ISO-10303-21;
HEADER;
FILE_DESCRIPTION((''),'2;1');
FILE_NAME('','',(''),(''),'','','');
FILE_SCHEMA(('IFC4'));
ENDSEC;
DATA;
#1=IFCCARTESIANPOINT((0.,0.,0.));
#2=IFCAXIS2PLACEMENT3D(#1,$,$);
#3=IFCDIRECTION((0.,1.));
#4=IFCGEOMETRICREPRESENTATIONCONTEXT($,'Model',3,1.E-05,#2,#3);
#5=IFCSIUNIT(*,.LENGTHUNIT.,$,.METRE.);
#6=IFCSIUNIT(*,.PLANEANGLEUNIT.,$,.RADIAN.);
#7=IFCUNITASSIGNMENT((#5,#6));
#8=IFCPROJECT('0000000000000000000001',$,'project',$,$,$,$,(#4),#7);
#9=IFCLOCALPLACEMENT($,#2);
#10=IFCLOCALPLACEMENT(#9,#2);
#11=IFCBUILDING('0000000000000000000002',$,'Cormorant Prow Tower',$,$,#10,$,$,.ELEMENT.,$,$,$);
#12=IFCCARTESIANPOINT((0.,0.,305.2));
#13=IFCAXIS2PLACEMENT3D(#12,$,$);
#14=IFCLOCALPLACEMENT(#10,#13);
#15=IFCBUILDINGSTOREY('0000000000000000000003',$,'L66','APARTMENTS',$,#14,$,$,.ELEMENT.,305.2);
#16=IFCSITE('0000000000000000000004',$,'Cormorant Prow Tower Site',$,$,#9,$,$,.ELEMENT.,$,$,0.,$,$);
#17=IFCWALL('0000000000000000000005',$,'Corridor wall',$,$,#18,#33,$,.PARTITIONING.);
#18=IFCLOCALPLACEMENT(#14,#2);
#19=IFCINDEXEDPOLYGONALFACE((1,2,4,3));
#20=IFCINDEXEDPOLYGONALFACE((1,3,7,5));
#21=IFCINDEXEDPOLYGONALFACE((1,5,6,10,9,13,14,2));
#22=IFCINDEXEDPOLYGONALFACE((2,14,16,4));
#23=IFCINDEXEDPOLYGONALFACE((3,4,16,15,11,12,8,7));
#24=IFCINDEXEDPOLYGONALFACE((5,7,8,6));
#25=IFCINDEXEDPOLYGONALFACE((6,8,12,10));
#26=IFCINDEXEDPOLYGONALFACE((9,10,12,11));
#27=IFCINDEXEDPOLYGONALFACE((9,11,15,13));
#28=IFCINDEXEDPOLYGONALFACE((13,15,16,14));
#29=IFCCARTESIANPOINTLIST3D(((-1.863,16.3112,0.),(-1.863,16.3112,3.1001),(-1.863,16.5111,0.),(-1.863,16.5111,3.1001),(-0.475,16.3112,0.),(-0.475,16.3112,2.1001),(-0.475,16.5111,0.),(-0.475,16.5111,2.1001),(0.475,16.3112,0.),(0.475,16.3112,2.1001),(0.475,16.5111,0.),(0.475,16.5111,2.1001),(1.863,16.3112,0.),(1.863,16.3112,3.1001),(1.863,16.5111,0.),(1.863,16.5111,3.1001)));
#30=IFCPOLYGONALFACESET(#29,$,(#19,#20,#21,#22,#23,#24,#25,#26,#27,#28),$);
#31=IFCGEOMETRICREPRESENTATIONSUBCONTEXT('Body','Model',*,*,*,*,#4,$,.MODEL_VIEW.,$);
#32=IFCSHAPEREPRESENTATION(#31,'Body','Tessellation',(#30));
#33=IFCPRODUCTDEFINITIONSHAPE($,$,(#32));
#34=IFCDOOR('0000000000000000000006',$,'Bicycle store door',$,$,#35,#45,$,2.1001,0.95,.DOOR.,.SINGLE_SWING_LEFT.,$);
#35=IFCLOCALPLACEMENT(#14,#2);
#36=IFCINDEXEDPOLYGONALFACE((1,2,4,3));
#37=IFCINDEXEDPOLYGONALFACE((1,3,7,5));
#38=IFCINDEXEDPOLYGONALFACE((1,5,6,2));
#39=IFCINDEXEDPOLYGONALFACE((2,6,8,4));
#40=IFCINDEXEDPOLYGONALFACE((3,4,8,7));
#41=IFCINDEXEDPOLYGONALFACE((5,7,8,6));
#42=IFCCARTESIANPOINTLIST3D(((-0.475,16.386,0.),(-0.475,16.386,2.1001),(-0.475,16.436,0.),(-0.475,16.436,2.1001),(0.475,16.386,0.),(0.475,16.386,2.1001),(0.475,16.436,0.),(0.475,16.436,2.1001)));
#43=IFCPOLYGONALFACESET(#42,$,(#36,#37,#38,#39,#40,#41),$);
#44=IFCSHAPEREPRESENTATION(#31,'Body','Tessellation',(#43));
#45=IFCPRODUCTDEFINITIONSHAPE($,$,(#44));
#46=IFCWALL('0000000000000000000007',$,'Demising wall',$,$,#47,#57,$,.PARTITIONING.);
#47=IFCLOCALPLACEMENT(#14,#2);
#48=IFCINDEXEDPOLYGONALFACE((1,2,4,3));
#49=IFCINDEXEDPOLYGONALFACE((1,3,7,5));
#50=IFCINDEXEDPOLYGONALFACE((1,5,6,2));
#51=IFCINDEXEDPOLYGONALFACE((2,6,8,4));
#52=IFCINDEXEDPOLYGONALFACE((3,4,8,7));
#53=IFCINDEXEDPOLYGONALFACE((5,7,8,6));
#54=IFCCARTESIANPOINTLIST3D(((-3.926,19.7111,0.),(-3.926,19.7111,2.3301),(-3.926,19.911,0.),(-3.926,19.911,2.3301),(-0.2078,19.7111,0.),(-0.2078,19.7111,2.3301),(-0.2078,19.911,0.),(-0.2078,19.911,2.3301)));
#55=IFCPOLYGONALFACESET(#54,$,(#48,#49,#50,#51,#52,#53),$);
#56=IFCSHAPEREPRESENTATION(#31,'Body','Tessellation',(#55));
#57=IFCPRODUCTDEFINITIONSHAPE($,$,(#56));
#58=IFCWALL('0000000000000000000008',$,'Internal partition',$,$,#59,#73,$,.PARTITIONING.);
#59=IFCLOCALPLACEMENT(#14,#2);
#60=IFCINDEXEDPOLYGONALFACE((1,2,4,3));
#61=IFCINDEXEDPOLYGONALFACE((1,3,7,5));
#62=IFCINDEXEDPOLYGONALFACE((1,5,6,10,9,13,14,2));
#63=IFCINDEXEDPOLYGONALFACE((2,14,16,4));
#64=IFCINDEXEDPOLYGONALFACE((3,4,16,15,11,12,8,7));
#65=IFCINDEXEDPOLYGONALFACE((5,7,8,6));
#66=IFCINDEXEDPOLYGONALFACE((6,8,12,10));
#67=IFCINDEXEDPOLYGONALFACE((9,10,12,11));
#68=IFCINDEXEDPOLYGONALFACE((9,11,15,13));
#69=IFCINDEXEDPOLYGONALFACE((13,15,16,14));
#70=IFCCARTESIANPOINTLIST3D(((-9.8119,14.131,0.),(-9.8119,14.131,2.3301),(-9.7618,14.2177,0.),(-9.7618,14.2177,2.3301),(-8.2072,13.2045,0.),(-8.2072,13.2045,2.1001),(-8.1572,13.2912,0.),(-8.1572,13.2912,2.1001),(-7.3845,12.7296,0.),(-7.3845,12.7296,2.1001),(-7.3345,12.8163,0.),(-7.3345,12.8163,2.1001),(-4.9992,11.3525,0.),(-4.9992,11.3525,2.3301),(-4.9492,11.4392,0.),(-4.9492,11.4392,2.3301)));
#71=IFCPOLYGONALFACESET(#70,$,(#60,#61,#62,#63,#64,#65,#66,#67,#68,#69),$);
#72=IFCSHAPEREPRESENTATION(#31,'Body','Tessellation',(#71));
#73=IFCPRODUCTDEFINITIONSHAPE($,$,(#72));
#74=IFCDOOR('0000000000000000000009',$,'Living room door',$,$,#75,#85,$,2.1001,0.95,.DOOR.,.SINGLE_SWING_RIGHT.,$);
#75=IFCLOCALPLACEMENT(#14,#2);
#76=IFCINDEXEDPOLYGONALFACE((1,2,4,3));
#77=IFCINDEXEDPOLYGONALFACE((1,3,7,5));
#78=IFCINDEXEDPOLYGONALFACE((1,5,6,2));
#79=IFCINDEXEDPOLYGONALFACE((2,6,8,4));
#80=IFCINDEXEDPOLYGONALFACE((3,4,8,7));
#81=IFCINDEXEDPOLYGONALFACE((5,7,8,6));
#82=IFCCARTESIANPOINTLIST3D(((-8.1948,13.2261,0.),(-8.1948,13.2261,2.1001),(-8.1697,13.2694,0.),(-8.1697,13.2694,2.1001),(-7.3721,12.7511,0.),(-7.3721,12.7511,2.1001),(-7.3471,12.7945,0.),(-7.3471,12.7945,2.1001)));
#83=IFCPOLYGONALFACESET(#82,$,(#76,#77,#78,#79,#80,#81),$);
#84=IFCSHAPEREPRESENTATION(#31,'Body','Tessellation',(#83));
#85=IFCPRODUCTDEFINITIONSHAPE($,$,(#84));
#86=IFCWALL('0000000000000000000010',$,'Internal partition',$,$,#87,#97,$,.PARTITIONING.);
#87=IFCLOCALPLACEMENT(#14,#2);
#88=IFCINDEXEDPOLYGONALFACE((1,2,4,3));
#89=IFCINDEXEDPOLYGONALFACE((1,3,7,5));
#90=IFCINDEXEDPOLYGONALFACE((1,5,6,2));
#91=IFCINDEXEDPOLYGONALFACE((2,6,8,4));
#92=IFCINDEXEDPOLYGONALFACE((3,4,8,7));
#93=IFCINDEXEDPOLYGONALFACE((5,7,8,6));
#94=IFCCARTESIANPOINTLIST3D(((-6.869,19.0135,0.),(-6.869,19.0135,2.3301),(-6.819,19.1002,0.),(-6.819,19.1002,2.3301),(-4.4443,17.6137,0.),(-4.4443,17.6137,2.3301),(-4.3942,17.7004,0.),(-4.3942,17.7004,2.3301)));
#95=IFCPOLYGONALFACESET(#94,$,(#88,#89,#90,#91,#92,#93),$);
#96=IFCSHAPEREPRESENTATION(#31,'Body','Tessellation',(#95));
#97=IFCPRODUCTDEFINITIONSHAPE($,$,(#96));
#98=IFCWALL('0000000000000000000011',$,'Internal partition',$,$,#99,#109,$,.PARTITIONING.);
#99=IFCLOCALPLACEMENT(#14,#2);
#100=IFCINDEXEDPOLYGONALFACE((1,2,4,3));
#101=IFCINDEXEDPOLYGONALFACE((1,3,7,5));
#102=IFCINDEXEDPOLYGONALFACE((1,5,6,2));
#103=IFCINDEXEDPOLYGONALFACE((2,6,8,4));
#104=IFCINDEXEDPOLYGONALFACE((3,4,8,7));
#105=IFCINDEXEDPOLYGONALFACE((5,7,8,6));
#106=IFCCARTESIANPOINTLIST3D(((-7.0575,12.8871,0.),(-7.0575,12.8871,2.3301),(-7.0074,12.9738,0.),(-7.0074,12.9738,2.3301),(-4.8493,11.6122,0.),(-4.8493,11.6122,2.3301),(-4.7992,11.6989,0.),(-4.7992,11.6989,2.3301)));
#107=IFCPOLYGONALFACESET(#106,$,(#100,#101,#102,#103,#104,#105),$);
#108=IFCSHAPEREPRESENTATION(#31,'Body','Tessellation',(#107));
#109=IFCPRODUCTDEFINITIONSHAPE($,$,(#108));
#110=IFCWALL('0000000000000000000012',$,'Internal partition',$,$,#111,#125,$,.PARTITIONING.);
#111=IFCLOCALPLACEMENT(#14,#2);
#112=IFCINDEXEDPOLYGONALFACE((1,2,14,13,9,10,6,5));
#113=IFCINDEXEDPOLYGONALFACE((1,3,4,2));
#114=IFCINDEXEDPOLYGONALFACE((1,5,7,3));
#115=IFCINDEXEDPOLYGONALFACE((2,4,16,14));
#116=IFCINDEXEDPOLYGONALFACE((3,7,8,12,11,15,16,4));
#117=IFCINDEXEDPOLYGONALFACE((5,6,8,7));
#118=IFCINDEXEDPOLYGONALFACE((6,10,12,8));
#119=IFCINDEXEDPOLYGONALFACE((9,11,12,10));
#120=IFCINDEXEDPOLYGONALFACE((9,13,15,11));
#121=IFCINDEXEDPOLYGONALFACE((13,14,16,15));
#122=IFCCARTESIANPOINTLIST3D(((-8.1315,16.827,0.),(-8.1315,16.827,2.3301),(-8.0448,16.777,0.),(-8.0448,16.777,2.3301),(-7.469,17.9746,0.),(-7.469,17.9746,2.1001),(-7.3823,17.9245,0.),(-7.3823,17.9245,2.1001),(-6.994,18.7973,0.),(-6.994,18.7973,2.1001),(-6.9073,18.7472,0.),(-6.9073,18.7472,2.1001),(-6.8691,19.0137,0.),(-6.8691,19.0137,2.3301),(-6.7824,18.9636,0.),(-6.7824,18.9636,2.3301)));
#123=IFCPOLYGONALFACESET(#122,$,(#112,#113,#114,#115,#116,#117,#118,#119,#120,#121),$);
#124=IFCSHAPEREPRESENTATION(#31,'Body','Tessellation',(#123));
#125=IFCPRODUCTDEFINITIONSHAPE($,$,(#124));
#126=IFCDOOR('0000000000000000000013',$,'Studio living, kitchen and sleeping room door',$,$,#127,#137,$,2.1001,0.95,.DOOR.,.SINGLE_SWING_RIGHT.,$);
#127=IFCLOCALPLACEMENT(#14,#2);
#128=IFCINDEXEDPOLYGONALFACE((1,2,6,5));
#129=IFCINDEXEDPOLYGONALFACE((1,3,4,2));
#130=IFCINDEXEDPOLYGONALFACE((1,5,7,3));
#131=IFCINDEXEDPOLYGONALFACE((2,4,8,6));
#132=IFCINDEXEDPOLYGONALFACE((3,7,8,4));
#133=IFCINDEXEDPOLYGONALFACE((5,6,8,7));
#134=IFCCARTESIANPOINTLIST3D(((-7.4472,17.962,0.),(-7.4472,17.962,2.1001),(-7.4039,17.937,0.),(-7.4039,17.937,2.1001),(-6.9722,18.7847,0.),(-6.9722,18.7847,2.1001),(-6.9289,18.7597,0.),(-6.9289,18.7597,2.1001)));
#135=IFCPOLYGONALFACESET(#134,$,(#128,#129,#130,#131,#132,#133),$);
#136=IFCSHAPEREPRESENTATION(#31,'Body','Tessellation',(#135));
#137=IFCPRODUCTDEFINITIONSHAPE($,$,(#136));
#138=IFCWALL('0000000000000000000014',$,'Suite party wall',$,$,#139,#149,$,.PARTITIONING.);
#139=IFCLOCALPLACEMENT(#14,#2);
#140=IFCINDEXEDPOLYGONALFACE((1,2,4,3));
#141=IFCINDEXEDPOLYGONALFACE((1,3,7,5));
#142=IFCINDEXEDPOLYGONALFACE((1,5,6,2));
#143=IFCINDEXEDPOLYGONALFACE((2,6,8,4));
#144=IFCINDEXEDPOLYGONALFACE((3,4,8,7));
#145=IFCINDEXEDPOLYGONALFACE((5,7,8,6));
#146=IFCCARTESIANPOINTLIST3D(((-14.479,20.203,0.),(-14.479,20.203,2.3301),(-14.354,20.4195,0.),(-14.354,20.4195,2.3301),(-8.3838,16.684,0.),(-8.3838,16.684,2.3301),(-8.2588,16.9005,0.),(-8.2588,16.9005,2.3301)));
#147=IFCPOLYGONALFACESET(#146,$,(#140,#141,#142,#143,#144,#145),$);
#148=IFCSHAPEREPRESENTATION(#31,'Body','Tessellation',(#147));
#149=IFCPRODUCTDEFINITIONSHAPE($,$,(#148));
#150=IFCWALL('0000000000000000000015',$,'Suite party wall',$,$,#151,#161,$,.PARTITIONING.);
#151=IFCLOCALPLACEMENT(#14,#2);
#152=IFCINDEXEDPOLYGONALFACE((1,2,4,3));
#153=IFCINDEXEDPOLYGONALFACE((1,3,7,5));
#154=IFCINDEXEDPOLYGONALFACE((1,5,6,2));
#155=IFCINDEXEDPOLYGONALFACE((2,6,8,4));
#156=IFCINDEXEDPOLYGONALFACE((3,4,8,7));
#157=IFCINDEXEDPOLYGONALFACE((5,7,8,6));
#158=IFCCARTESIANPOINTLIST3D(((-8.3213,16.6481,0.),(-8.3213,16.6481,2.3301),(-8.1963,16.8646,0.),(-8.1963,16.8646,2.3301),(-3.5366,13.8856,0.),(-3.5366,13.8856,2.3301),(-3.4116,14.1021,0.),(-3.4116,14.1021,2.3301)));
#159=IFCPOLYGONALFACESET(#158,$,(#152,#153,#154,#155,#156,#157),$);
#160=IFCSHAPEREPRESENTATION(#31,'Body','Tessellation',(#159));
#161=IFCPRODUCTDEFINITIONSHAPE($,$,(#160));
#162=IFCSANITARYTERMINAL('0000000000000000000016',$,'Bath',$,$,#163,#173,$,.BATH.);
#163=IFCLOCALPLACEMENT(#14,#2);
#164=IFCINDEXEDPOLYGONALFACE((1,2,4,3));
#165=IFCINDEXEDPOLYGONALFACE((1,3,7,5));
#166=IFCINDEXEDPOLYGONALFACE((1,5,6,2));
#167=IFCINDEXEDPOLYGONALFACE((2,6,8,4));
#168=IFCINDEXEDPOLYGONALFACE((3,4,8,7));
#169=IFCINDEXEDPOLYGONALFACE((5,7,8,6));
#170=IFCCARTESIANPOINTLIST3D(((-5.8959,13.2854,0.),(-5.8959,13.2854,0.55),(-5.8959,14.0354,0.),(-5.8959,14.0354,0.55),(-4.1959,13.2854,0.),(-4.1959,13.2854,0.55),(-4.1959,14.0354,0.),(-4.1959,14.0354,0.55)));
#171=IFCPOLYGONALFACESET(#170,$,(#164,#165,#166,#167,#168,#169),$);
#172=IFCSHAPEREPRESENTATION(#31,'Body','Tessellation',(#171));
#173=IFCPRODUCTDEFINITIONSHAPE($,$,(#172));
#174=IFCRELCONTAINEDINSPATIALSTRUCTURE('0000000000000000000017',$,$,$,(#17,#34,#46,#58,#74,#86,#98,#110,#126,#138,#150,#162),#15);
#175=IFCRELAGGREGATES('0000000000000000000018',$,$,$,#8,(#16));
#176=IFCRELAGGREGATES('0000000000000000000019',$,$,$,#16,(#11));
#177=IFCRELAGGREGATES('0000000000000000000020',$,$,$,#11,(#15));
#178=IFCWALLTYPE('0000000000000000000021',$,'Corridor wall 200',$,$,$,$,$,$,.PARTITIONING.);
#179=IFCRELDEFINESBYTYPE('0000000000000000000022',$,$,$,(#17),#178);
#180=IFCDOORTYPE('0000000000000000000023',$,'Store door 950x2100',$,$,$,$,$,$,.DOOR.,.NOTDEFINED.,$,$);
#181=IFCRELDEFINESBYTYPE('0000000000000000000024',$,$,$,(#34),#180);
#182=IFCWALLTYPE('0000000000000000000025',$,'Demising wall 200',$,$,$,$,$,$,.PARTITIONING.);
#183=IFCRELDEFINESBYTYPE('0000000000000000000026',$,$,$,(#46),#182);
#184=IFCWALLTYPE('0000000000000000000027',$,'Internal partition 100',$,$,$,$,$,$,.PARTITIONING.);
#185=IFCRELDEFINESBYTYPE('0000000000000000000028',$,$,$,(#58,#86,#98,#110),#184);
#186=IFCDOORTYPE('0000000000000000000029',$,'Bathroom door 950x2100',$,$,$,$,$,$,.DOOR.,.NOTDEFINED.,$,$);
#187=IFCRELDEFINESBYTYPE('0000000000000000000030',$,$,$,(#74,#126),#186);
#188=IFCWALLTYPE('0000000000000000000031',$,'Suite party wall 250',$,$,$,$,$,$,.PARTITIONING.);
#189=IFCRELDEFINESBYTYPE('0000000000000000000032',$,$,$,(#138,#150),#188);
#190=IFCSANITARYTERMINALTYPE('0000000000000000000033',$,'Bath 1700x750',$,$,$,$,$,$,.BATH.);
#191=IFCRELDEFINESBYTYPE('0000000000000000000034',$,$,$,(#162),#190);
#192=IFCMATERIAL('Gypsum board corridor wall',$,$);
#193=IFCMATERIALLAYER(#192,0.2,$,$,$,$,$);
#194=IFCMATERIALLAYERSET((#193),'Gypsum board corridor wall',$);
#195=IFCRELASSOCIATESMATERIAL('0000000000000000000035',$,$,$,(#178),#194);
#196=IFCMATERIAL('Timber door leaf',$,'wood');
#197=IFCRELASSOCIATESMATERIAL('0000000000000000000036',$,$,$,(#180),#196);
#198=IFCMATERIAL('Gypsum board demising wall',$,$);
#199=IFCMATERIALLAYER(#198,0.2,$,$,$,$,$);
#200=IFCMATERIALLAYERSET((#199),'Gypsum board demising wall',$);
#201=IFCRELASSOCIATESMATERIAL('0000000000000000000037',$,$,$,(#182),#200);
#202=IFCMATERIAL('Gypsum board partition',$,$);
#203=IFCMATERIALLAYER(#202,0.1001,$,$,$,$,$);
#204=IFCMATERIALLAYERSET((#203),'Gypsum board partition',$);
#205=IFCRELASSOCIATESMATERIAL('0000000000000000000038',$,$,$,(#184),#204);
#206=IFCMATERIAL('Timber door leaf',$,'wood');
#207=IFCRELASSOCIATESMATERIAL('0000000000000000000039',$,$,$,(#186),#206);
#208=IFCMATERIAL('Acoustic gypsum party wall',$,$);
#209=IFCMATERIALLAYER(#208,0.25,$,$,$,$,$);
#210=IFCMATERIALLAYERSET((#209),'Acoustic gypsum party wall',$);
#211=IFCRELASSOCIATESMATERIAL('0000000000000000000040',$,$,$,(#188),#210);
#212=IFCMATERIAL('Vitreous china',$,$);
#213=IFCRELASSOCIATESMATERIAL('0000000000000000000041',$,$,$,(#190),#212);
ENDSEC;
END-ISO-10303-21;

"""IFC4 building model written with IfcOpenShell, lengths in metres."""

from ifc_helpers import new_model, si_unit, direction, frame, frame_2d, origin, origin_2d, place, context, subcontext, project, spatial, rectangle, extrude, material, layer, layer_set, type_object, element, fill, save


model = new_model("IFC4")

# Units and contexts
model_context = context("Model", 3, precision=1e-05, world=origin(), true_north=direction((0.0, 1.0)))
body_context = subcontext(model_context, "Body", "Model", "MODEL_VIEW")
ifc_project = project(units=[si_unit("LENGTHUNIT", "METRE"), si_unit("PLANEANGLEUNIT", "RADIAN")], contexts=[model_context])

# Site, building, storey
site_placement = place(None, origin())
site = spatial("IfcSite", under=ifc_project, at=site_placement, Name="Cormorant Prow Tower Site", CompositionType="ELEMENT", RefElevation=0.0)
building_placement = place(site_placement, origin())
building = spatial("IfcBuilding", under=site, at=building_placement, Name="Cormorant Prow Tower", CompositionType="ELEMENT")
storey_placement = place(building_placement, frame((0.0, 0.0, 305.2)))
storey = spatial("IfcBuildingStorey", under=building, at=storey_placement, Name="L66", Description="APARTMENTS", CompositionType="ELEMENT", Elevation=305.2)

# Wall, opening, door
ifc_material_1 = material(Name="Gypsum board corridor wall")
ifc_layer_1 = layer(ifc_material_1, 0.2)
ifc_layer_set_1 = layer_set([ifc_layer_1], Name="Gypsum board corridor wall")
wall_type_1 = type_object("IfcWallType", Name="Corridor wall 200", PredefinedType="PARTITIONING", material=ifc_layer_set_1)
wall_1_placement = place(storey_placement, frame((-1.863, 16.4111, 0.0), z_axis=(0.0, 0.0, 1.0), x_axis=(1.0, 0.0, 0.0)))
wall_1 = element("IfcWall", 1, at=wall_1_placement, inside=storey, type_object=wall_type_1, Name="Corridor wall", PredefinedType="PARTITIONING", context=body_context, shape_type="SweptSolid", body=[
    extrude(rectangle(XDim=3.7261, YDim=0.2, at=frame_2d((1.863, 0.0))), origin(), (0.0, 0.0, 1.0), 3.1001),
])
opening_1_placement = place(wall_1_placement, frame((1.3879, 0.0, 0.0)))
opening_1 = element("IfcOpeningElement", 2, at=opening_1_placement, cuts=wall_1, PredefinedType="OPENING", context=body_context, shape_type="SweptSolid", body=[
    extrude(rectangle(XDim=0.95, YDim=2.1001, at=frame_2d((0.4751, 1.05))), frame((0.0, 0.1099, 0.0), z_axis=(0.0, -1.0, 0.0), x_axis=(1.0, 0.0, 0.0)), (0.0, 0.0, 1.0), 0.22),
])
ifc_material_2 = material(Name="Timber door leaf", Category="wood")
door_type_1 = type_object("IfcDoorType", Name="Store door 950x2100", OperationType="NOTDEFINED", PredefinedType="DOOR", material=ifc_material_2)
door_1_placement = place(opening_1_placement, origin())
door_1 = element("IfcDoor", 3, at=door_1_placement, inside=storey, type_object=door_type_1, Name="Bicycle store door", OperationType="SINGLE_SWING_LEFT", OverallHeight=2.1001, OverallWidth=0.95, PredefinedType="DOOR", context=body_context, shape_type="SweptSolid", body=[
    extrude(rectangle(XDim=0.95, YDim=2.1001, at=frame_2d((0.4751, 1.05))), frame((0.0, 0.0249, 0.0), z_axis=(0.0, -1.0, 0.0), x_axis=(1.0, 0.0, 0.0)), (0.0, 0.0, 1.0), 0.05),
])
fill(opening_1, door_1)

# Wall
ifc_material_3 = material(Name="Gypsum board demising wall")
ifc_layer_2 = layer(ifc_material_3, 0.2)
ifc_layer_set_2 = layer_set([ifc_layer_2], Name="Gypsum board demising wall")
wall_type_2 = type_object("IfcWallType", Name="Demising wall 200", PredefinedType="PARTITIONING", material=ifc_layer_set_2)
wall_2_placement = place(storey_placement, frame((-3.926, 19.811, 0.0), z_axis=(0.0, 0.0, 1.0), x_axis=(1.0, 0.0, 0.0)))
element("IfcWall", 4, at=wall_2_placement, inside=storey, type_object=wall_type_2, Name="Demising wall", PredefinedType="PARTITIONING", context=body_context, shape_type="SweptSolid", body=[
    extrude(rectangle(XDim=3.7183, YDim=0.2, at=frame_2d((1.8591, 0.0))), origin(), (0.0, 0.0, 1.0), 2.3301),
])

# Wall, opening, door
ifc_material_4 = material(Name="Gypsum board partition")
ifc_layer_3 = layer(ifc_material_4, 0.1001)
ifc_layer_set_3 = layer_set([ifc_layer_3], Name="Gypsum board partition")
wall_type_3 = type_object("IfcWallType", Name="Internal partition 100", PredefinedType="PARTITIONING", material=ifc_layer_set_3)
wall_3_placement = place(storey_placement, frame((-9.7869, 14.1743, 0.0), z_axis=(0.0, 0.0, 1.0), x_axis=(0.866031, -0.49999, 0.0)))
wall_3 = element("IfcWall", 5, at=wall_3_placement, inside=storey, type_object=wall_type_3, Name="Internal partition", PredefinedType="PARTITIONING", context=body_context, shape_type="SweptSolid", body=[
    extrude(rectangle(XDim=5.5571, YDim=0.1001, at=frame_2d((2.7786, 0.0))), origin(), (0.0, 0.0, 1.0), 2.3301),
])
opening_2_placement = place(wall_3_placement, frame((1.8528, 0.0, 0.0)))
opening_2 = element("IfcOpeningElement", 6, at=opening_2_placement, cuts=wall_3, PredefinedType="OPENING", context=body_context, shape_type="SweptSolid", body=[
    extrude(rectangle(XDim=0.95, YDim=2.1001, at=frame_2d((0.4751, 1.05))), frame((0.0, 0.0601, 0.0), z_axis=(0.0, -1.0, 0.0), x_axis=(1.0, 0.0, 0.0)), (0.0, 0.0, 1.0), 0.1201),
])
ifc_material_5 = material(Name="Timber door leaf", Category="wood")
door_type_2 = type_object("IfcDoorType", Name="Bathroom door 950x2100", OperationType="NOTDEFINED", PredefinedType="DOOR", material=ifc_material_5)
door_2_placement = place(opening_2_placement, origin())
door_2 = element("IfcDoor", 7, at=door_2_placement, inside=storey, type_object=door_type_2, Name="Living room door", OperationType="SINGLE_SWING_RIGHT", OverallHeight=2.1001, OverallWidth=0.95, PredefinedType="DOOR", context=body_context, shape_type="SweptSolid", body=[
    extrude(rectangle(XDim=0.95, YDim=2.1001, at=frame_2d((0.4751, 1.05))), frame((0.0, 0.0249, 0.0), z_axis=(0.0, -1.0, 0.0), x_axis=(1.0, 0.0, 0.0)), (0.0, 0.0, 1.0), 0.05),
])
fill(opening_2, door_2)

# Walls
wall_4_placement = place(storey_placement, frame((-6.844, 19.0569, 0.0), z_axis=(0.0, 0.0, 1.0), x_axis=(0.866035, -0.499984, 0.0)))
element("IfcWall", 8, at=wall_4_placement, inside=storey, type_object=wall_type_3, Name="Internal partition", PredefinedType="PARTITIONING", context=body_context, shape_type="SweptSolid", body=[
    extrude(rectangle(XDim=2.7998, YDim=0.1001, at=frame_2d((1.3999, 0.0))), origin(), (0.0, 0.0, 1.0), 2.3301),
])
wall_5_placement = place(storey_placement, frame((-7.0325, 12.9304, 0.0), z_axis=(0.0, 0.0, 1.0), x_axis=(0.866031, -0.49999, 0.0)))
element("IfcWall", 9, at=wall_5_placement, inside=storey, type_object=wall_type_3, Name="Internal partition", PredefinedType="PARTITIONING", context=body_context, shape_type="SweptSolid", body=[
    extrude(rectangle(XDim=2.5498, YDim=0.1001, at=frame_2d((1.2749, 0.0))), origin(), (0.0, 0.0, 1.0), 2.3301),
])

# Wall, opening, door
wall_6_placement = place(storey_placement, frame((-8.0881, 16.802, 0.0), z_axis=(0.0, 0.0, 1.0), x_axis=(0.499976, 0.866039, 0.0)))
wall_6 = element("IfcWall", 10, at=wall_6_placement, inside=storey, type_object=wall_type_3, Name="Internal partition", PredefinedType="PARTITIONING", context=body_context, shape_type="SweptSolid", body=[
    extrude(rectangle(XDim=2.5249, YDim=0.1001, at=frame_2d((1.2625, 0.0))), origin(), (0.0, 0.0, 1.0), 2.3301),
])
opening_3_placement = place(wall_6_placement, frame((1.325, 0.0, 0.0)))
opening_3 = element("IfcOpeningElement", 11, at=opening_3_placement, cuts=wall_6, PredefinedType="OPENING", context=body_context, shape_type="SweptSolid", body=[
    extrude(rectangle(XDim=0.95, YDim=2.1001, at=frame_2d((0.4751, 1.05))), frame((0.0, 0.0601, 0.0), z_axis=(0.0, -1.0, 0.0), x_axis=(1.0, 0.0, 0.0)), (0.0, 0.0, 1.0), 0.1201),
])
door_3_placement = place(opening_3_placement, origin())
door_3 = element("IfcDoor", 12, at=door_3_placement, inside=storey, type_object=door_type_2, Name="Studio living, kitchen and sleeping room door", OperationType="SINGLE_SWING_RIGHT", OverallHeight=2.1001, OverallWidth=0.95, PredefinedType="DOOR", context=body_context, shape_type="SweptSolid", body=[
    extrude(rectangle(XDim=0.95, YDim=2.1001, at=frame_2d((0.4751, 1.05))), frame((0.0, 0.0249, 0.0), z_axis=(0.0, -1.0, 0.0), x_axis=(1.0, 0.0, 0.0)), (0.0, 0.0, 1.0), 0.05),
])
fill(opening_3, door_3)

# Walls
ifc_material_6 = material(Name="Acoustic gypsum party wall")
ifc_layer_4 = layer(ifc_material_6, 0.25)
ifc_layer_set_4 = layer_set([ifc_layer_4], Name="Acoustic gypsum party wall")
wall_type_4 = type_object("IfcWallType", Name="Suite party wall 250", PredefinedType="PARTITIONING", material=ifc_layer_set_4)
wall_7_placement = place(storey_placement, frame((-14.4165, 20.3113, 0.0), z_axis=(0.0, 0.0, 1.0), x_axis=(0.866027, -0.499997, 0.0)))
element("IfcWall", 13, at=wall_7_placement, inside=storey, type_object=wall_type_4, Name="Suite party wall", PredefinedType="PARTITIONING", context=body_context, shape_type="SweptSolid", body=[
    extrude(rectangle(XDim=7.0381, YDim=0.25, at=frame_2d((3.519, 0.0))), origin(), (0.0, 0.0, 1.0), 2.3301),
])
wall_8_placement = place(storey_placement, frame((-8.2588, 16.7563, 0.0), z_axis=(0.0, 0.0, 1.0), x_axis=(0.866024, -0.500003, 0.0)))
element("IfcWall", 14, at=wall_8_placement, inside=storey, type_object=wall_type_4, Name="Suite party wall", PredefinedType="PARTITIONING", context=body_context, shape_type="SweptSolid", body=[
    extrude(rectangle(XDim=5.5249, YDim=0.25, at=frame_2d((2.7625, 0.0))), origin(), (0.0, 0.0, 1.0), 2.3301),
])

# Sanitary terminal
ifc_material_7 = material(Name="Vitreous china")
sanitary_terminal_type_1 = type_object("IfcSanitaryTerminalType", Name="Bath 1700x750", PredefinedType="BATH", material=ifc_material_7)
sanitary_terminal_1_placement = place(storey_placement, frame((-5.0459, 13.6604, 0.0), z_axis=(0.0, 0.0, 1.0), x_axis=(1.0, 0.0, 0.0)))
element("IfcSanitaryTerminal", 15, at=sanitary_terminal_1_placement, inside=storey, type_object=sanitary_terminal_type_1, Name="Bath", PredefinedType="BATH", context=body_context, shape_type="SweptSolid", body=[
    extrude(rectangle(XDim=1.7, YDim=0.75, at=origin_2d()), origin(), (0.0, 0.0, 1.0), 0.55),
])

save(model, "model.ifc")
